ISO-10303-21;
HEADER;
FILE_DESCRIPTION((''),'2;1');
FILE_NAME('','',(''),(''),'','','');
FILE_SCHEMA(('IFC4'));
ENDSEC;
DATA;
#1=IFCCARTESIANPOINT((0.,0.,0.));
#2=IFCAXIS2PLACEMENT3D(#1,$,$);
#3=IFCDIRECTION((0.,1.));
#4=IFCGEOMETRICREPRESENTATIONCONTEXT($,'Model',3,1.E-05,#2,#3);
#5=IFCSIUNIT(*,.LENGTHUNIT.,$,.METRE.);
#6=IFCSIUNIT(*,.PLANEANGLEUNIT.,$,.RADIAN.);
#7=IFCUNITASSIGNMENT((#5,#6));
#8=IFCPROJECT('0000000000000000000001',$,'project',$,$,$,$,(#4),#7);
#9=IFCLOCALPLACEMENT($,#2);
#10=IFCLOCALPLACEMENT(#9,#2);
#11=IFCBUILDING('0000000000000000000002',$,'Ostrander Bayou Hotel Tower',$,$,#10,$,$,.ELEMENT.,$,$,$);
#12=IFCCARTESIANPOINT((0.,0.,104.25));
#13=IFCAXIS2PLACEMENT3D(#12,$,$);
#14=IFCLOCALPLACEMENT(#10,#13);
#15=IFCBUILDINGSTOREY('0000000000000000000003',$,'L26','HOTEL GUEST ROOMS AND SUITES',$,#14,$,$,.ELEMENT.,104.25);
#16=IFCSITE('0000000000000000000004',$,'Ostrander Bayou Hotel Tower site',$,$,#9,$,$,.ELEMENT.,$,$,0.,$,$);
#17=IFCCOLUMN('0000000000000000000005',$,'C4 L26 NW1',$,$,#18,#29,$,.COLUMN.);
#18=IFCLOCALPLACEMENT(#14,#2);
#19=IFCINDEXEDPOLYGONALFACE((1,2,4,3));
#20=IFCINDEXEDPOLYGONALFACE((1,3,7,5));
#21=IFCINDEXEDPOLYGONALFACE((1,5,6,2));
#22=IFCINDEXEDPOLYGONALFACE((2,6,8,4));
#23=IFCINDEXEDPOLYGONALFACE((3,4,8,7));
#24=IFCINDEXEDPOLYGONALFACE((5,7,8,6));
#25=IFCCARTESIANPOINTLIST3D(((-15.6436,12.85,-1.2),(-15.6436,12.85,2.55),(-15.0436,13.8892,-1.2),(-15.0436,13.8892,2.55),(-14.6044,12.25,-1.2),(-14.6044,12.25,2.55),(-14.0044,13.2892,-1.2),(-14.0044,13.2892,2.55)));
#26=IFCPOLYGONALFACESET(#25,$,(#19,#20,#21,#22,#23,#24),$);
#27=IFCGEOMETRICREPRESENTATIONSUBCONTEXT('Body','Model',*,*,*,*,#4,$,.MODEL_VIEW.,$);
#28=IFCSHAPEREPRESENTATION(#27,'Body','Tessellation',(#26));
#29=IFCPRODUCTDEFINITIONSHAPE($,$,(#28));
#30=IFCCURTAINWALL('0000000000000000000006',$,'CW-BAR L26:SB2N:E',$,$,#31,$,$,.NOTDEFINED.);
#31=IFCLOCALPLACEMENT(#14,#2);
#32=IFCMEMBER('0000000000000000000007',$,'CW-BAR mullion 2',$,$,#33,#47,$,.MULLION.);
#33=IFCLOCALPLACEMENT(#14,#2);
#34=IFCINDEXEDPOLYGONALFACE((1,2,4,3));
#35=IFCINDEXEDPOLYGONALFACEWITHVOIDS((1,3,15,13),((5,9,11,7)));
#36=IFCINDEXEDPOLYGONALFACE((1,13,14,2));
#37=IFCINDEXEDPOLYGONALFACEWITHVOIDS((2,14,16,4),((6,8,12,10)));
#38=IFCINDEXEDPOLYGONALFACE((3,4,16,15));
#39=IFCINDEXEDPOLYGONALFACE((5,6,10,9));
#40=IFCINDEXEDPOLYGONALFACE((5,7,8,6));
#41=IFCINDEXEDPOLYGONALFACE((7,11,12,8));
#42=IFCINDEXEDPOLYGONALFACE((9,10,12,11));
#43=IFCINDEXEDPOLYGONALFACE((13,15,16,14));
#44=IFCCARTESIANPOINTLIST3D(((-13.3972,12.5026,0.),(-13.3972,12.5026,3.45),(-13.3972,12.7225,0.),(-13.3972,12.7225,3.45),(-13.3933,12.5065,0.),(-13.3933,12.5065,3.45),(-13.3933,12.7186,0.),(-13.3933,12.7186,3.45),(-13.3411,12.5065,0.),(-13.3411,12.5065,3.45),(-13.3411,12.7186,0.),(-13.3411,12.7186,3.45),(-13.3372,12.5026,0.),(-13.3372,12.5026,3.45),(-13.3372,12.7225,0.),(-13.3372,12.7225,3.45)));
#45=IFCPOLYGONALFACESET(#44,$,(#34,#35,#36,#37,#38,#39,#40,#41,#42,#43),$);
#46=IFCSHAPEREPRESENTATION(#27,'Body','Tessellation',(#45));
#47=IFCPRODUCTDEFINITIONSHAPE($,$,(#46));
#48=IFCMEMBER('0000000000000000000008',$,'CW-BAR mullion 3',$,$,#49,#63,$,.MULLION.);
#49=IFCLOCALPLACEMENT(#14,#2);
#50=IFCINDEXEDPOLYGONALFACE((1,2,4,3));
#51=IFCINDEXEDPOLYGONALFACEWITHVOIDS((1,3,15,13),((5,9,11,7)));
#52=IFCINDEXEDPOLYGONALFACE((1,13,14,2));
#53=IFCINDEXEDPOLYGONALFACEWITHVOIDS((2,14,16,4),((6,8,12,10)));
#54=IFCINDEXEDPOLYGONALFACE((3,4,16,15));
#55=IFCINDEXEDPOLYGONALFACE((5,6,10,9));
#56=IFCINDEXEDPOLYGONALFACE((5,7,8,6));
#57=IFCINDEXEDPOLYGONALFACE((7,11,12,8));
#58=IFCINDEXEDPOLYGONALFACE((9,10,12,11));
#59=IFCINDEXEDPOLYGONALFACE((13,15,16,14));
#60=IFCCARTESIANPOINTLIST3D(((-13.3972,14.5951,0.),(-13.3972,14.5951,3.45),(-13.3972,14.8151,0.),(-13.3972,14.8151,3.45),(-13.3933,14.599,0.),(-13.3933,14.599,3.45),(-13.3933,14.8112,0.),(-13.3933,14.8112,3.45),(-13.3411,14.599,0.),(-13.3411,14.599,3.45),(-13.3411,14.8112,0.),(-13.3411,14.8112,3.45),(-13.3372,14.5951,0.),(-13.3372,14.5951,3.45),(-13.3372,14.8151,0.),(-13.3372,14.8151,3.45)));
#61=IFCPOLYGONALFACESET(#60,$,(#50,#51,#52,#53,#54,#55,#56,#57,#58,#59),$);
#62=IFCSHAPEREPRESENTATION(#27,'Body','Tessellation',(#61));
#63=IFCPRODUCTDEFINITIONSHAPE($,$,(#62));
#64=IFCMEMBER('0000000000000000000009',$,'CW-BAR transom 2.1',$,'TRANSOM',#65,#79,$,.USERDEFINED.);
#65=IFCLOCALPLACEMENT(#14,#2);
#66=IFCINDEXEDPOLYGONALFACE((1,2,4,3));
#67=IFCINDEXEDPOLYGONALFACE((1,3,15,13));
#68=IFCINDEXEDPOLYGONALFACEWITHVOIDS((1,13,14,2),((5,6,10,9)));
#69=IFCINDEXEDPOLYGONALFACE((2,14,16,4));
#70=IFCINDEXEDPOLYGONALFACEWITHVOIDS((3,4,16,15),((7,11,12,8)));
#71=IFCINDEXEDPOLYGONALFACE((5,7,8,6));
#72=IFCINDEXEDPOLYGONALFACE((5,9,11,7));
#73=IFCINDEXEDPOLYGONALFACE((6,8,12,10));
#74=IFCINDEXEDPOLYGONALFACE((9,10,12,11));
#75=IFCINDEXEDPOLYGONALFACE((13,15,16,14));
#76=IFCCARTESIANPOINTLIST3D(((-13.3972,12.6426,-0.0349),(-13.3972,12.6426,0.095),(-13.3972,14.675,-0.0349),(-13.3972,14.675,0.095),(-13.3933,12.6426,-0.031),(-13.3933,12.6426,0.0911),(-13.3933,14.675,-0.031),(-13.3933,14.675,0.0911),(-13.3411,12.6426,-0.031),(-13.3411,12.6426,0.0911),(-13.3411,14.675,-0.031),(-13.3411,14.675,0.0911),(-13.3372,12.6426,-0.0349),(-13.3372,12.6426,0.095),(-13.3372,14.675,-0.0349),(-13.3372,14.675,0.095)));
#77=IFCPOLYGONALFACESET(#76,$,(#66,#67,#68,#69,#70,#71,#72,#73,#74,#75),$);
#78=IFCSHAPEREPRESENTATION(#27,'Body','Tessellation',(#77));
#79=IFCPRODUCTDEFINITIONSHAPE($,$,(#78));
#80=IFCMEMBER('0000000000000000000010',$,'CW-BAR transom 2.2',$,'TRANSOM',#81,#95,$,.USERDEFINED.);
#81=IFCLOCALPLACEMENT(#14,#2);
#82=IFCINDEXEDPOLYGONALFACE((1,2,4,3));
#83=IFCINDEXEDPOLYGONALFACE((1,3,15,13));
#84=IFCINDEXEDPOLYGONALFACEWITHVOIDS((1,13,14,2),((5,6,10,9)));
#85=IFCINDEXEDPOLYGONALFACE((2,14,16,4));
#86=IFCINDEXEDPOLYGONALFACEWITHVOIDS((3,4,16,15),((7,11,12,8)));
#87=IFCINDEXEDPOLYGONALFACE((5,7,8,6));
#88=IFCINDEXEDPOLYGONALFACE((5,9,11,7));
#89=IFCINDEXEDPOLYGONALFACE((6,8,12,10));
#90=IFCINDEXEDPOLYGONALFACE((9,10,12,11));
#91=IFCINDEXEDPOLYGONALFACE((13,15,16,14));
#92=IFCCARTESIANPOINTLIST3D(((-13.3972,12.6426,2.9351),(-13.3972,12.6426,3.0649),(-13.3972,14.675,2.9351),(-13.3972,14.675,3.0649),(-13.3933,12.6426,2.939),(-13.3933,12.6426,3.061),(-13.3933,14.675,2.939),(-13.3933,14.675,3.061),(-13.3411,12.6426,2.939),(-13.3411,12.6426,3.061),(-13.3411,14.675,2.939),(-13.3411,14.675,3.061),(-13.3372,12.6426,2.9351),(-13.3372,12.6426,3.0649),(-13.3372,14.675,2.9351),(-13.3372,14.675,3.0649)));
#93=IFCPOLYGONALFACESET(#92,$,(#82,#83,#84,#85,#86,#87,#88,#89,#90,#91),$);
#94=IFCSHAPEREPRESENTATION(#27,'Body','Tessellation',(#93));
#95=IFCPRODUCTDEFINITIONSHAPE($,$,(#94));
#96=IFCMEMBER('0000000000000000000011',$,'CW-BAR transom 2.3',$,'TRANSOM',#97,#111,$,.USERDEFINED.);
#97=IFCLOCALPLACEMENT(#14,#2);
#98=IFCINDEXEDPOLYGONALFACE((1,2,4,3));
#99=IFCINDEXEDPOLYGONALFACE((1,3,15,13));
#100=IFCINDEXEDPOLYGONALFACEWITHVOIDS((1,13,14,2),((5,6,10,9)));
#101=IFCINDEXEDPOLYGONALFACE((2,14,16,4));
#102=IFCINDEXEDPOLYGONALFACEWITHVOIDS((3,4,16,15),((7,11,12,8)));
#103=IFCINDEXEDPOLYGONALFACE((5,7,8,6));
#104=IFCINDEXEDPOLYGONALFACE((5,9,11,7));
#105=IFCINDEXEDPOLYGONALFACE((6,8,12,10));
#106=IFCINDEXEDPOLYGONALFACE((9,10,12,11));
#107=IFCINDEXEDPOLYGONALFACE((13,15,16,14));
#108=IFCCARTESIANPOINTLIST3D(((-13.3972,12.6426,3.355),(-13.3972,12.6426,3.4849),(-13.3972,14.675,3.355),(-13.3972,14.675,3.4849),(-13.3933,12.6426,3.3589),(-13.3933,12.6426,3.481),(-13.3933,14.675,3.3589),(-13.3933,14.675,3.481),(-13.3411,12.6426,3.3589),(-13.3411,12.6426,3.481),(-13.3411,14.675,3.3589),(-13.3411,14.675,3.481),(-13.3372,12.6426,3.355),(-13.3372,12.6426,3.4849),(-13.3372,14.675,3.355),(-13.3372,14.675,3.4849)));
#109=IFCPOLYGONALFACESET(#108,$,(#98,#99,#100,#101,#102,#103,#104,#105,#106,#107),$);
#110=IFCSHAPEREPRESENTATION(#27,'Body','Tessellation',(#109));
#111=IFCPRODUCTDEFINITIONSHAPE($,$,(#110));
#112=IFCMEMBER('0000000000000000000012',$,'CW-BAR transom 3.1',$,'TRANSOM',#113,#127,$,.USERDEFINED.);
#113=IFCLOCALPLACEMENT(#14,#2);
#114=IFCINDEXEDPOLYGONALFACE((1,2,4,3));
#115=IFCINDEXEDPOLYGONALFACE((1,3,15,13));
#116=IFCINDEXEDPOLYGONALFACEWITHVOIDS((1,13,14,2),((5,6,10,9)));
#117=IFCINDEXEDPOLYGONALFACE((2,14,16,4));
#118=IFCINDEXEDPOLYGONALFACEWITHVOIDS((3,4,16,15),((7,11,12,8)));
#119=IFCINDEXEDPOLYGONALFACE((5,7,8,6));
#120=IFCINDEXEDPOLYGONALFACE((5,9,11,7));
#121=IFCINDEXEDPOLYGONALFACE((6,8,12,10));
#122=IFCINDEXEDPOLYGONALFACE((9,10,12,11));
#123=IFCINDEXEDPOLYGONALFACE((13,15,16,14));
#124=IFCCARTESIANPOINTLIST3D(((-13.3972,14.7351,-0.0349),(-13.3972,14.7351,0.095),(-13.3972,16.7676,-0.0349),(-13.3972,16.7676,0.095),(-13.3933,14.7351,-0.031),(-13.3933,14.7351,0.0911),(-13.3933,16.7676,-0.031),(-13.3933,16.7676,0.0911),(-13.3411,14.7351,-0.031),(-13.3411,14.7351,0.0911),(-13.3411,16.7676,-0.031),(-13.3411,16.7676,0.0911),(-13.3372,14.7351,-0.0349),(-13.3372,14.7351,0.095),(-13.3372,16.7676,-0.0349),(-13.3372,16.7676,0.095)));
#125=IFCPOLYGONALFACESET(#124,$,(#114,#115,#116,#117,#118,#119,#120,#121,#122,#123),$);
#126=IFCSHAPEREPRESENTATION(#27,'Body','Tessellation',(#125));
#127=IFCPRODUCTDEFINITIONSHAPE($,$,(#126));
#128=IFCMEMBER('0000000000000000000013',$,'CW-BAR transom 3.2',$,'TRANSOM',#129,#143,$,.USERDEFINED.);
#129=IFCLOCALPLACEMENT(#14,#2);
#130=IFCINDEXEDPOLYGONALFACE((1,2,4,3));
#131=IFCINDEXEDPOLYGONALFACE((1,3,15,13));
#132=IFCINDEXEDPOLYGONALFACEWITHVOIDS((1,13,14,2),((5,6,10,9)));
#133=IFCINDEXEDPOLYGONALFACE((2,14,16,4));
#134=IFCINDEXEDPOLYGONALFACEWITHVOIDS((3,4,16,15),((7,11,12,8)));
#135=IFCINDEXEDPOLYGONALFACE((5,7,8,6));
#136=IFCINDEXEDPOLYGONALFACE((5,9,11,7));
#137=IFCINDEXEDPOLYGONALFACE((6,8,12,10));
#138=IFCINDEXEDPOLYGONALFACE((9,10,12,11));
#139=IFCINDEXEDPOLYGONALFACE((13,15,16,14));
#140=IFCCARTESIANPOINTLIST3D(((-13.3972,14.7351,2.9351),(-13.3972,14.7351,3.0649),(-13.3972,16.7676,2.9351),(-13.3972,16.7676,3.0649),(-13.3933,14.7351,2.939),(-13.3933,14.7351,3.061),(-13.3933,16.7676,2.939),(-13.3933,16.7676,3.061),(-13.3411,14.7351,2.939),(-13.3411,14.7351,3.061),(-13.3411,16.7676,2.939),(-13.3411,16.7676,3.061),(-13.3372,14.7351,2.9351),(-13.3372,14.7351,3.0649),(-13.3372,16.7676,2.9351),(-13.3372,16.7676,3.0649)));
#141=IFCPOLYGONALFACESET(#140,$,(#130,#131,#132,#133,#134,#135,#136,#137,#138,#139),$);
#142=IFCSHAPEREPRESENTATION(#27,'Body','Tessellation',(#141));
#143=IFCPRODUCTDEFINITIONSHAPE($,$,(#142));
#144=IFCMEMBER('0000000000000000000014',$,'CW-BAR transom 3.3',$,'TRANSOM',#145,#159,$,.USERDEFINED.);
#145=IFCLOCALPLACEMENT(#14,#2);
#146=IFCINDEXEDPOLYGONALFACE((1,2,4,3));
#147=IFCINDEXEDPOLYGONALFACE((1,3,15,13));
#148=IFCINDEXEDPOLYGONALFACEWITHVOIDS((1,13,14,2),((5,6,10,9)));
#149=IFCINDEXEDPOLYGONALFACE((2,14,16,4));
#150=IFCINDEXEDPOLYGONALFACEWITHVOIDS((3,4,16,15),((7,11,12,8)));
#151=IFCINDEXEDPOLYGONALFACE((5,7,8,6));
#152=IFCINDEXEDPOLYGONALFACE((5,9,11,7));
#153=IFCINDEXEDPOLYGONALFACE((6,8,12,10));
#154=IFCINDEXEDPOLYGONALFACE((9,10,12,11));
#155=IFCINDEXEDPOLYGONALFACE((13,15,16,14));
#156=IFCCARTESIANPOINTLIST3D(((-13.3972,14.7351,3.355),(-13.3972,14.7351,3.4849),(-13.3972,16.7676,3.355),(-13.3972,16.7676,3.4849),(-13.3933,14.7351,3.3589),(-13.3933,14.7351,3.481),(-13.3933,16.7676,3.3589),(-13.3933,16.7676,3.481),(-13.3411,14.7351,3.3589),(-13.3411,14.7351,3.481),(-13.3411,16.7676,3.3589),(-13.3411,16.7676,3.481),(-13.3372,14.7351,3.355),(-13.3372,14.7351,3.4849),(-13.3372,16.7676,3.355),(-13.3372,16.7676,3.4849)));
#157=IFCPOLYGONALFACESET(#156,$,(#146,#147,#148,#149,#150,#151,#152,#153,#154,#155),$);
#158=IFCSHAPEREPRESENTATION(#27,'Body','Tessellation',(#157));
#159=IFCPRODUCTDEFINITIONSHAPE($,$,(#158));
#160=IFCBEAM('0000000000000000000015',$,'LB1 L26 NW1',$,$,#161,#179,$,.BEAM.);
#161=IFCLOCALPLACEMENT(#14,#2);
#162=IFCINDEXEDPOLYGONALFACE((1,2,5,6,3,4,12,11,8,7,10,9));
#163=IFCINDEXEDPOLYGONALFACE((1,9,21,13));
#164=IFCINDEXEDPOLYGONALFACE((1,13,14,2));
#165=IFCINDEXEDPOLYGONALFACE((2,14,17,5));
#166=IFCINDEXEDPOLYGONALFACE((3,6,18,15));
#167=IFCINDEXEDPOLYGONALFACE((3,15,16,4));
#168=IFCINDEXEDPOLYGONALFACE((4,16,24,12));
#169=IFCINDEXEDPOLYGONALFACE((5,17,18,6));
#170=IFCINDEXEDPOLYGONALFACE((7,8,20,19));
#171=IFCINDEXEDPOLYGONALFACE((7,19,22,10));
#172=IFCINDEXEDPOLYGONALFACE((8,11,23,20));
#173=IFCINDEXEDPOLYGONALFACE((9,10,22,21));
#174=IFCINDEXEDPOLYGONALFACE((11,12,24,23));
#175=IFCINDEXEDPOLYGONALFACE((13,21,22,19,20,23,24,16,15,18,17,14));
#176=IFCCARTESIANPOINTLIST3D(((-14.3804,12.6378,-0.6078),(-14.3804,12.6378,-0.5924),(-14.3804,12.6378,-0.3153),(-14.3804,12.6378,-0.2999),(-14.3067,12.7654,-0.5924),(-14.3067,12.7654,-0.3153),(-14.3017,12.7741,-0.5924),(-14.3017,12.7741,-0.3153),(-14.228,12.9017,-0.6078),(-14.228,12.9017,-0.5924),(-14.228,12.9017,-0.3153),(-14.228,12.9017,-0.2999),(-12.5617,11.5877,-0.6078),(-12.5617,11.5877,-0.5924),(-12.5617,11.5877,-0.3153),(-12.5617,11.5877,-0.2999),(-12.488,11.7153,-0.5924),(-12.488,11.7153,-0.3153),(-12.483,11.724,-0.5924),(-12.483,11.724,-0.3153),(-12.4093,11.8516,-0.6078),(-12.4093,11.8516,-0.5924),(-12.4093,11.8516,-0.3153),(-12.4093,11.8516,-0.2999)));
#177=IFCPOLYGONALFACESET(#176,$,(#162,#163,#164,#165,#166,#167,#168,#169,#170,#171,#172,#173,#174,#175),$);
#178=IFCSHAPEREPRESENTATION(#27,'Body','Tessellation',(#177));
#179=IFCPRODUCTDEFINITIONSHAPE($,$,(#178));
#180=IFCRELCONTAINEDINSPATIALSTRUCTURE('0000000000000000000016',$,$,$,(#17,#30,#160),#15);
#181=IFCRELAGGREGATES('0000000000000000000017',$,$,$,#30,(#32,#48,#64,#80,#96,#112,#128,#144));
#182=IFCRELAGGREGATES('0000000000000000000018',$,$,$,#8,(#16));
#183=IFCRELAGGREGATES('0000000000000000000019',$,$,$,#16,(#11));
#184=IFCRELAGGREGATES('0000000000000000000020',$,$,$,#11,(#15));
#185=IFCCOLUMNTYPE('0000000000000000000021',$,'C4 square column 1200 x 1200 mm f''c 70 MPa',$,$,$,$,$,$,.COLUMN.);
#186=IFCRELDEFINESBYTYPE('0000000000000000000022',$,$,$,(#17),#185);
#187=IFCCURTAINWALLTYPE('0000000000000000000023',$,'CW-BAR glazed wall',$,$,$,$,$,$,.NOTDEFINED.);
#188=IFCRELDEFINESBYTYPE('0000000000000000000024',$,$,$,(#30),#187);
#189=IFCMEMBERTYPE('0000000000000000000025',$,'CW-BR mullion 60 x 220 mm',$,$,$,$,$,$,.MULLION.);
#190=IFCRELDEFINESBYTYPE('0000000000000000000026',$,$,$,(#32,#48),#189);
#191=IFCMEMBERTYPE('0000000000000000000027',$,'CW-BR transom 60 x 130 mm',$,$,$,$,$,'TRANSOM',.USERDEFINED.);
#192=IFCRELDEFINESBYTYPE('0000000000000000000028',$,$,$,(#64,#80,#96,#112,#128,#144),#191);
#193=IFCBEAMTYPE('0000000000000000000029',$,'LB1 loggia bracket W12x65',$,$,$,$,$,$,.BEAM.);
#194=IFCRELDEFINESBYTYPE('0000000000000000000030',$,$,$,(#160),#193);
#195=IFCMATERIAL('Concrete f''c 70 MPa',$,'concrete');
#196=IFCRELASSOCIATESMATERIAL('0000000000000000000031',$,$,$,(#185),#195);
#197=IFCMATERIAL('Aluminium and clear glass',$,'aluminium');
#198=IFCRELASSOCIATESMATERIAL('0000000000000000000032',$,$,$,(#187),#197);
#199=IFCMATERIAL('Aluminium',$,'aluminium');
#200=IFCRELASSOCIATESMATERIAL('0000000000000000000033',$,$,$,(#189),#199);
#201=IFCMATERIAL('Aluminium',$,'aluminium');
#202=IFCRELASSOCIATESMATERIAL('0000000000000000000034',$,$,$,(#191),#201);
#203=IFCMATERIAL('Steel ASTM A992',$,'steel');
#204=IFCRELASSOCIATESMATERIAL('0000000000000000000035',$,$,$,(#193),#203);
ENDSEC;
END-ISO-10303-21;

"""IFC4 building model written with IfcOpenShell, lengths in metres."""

from ifc_helpers import new_model, si_unit, direction, frame, origin, origin_2d, place, context, subcontext, project, spatial, rectangle, hollow_rectangle, i_section, extrude, material, material_profile, profile_set, type_object, element, aggregate, save


model = new_model("IFC4")

# Units and contexts
model_context = context("Model", 3, precision=1e-05, world=origin(), true_north=direction((0.0, 1.0)))
body_context = subcontext(model_context, "Body", "Model", "MODEL_VIEW")
ifc_project = project(units=[si_unit("LENGTHUNIT", "METRE"), si_unit("PLANEANGLEUNIT", "RADIAN")], contexts=[model_context])

# Site, building, storey
site_placement = place(None, origin())
site = spatial("IfcSite", under=ifc_project, at=site_placement, Name="Ostrander Bayou Hotel Tower site", CompositionType="ELEMENT", RefElevation=0.0)
building_placement = place(site_placement, origin())
building = spatial("IfcBuilding", under=site, at=building_placement, Name="Ostrander Bayou Hotel Tower", CompositionType="ELEMENT")
storey_placement = place(building_placement, frame((0.0, 0.0, 104.25)))
storey = spatial("IfcBuildingStorey", under=building, at=storey_placement, Name="L26", Description="HOTEL GUEST ROOMS AND SUITES", CompositionType="ELEMENT", Elevation=104.25)

# Column
ifc_material_1 = material(Name="Concrete f'c 70 MPa", Category="concrete")
ifc_material_profile_1 = material_profile(ifc_material_1, rectangle(XDim=1.2, YDim=1.2, at=origin_2d()))
ifc_profile_set_1 = profile_set([ifc_material_profile_1], Name="Concrete f'c 70 MPa")
column_type = type_object("IfcColumnType", Name="C4 square column 1200 x 1200 mm f'c 70 MPa", PredefinedType="COLUMN", material=ifc_profile_set_1)
column_placement = place(storey_placement, frame((-14.824, 13.0696, -1.2), z_axis=(0.0, 0.0, 1.0), x_axis=(0.5, 0.866025, 0.0)))
element("IfcColumn", 1, at=column_placement, inside=storey, type_object=column_type, Name="C4 L26 NW1", PredefinedType="COLUMN", context=body_context, shape_type="SweptSolid", body=[
    extrude(rectangle(XDim=1.2, YDim=1.2, at=origin_2d()), origin(), (0.0, 0.0, 1.0), 3.75),
])

# Curtain wall, members
ifc_material_2 = material(Name="Aluminium and clear glass", Category="aluminium")
curtain_wall_type = type_object("IfcCurtainWallType", Name="CW-BAR glazed wall", PredefinedType="NOTDEFINED", material=ifc_material_2)
curtain_wall_placement = place(storey_placement, origin())
curtain_wall = element("IfcCurtainWall", 2, at=curtain_wall_placement, inside=storey, type_object=curtain_wall_type, Name="CW-BAR L26:SB2N:E", PredefinedType="NOTDEFINED")
ifc_material_3 = material(Name="Aluminium", Category="aluminium")
ifc_material_profile_2 = material_profile(ifc_material_3, hollow_rectangle(XDim=0.0601, YDim=0.22, WallThickness=0.0039, at=origin_2d()))
ifc_profile_set_2 = profile_set([ifc_material_profile_2], Name="Aluminium")
member_type_1 = type_object("IfcMemberType", Name="CW-BR mullion 60 x 220 mm", PredefinedType="MULLION", material=ifc_profile_set_2)
member_1_placement = place(storey_placement, frame((-13.3672, 12.6125, 0.0), z_axis=(0.0, 0.0, 1.0), x_axis=(-1.0, 0.0, 0.0)))
member_1 = element("IfcMember", 3, at=member_1_placement, type_object=member_type_1, Name="CW-BAR mullion 2", PredefinedType="MULLION", context=body_context, shape_type="SweptSolid", body=[
    extrude(hollow_rectangle(XDim=0.0601, YDim=0.22, WallThickness=0.0039, at=origin_2d()), origin(), (0.0, 0.0, 1.0), 3.45),
])
member_2_placement = place(storey_placement, frame((-13.3672, 14.7051, 0.0), z_axis=(0.0, 0.0, 1.0), x_axis=(-1.0, 0.0, 0.0)))
member_2 = element("IfcMember", 4, at=member_2_placement, type_object=member_type_1, Name="CW-BAR mullion 3", PredefinedType="MULLION", context=body_context, shape_type="SweptSolid", body=[
    extrude(hollow_rectangle(XDim=0.0601, YDim=0.22, WallThickness=0.0039, at=origin_2d()), origin(), (0.0, 0.0, 1.0), 3.45),
])
ifc_material_4 = material(Name="Aluminium", Category="aluminium")
ifc_material_profile_3 = material_profile(ifc_material_4, hollow_rectangle(XDim=0.0601, YDim=0.1299, WallThickness=0.0039, at=origin_2d()))
ifc_profile_set_3 = profile_set([ifc_material_profile_3], Name="Aluminium")
member_type_2 = type_object("IfcMemberType", Name="CW-BR transom 60 x 130 mm", ElementType="TRANSOM", PredefinedType="USERDEFINED", material=ifc_profile_set_3)
member_3_placement = place(storey_placement, frame((-13.3672, 12.6426, 0.03), z_axis=(0.0, 1.0, 0.0), x_axis=(-1.0, 0.0, 0.0)))
member_3 = element("IfcMember", 5, at=member_3_placement, type_object=member_type_2, Name="CW-BAR transom 2.1", ObjectType="TRANSOM", PredefinedType="USERDEFINED", context=body_context, shape_type="SweptSolid", body=[
    extrude(hollow_rectangle(XDim=0.0601, YDim=0.1299, WallThickness=0.0039, at=origin_2d()), origin(), (0.0, 0.0, 1.0), 2.0325),
])
member_4_placement = place(storey_placement, frame((-13.3672, 12.6426, 3.0), z_axis=(0.0, 1.0, 0.0), x_axis=(-1.0, 0.0, 0.0)))
member_4 = element("IfcMember", 6, at=member_4_placement, type_object=member_type_2, Name="CW-BAR transom 2.2", ObjectType="TRANSOM", PredefinedType="USERDEFINED", context=body_context, shape_type="SweptSolid", body=[
    extrude(hollow_rectangle(XDim=0.0601, YDim=0.1299, WallThickness=0.0039, at=origin_2d()), origin(), (0.0, 0.0, 1.0), 2.0325),
])
member_5_placement = place(storey_placement, frame((-13.3672, 12.6426, 3.4199), z_axis=(0.0, 1.0, 0.0), x_axis=(-1.0, 0.0, 0.0)))
member_5 = element("IfcMember", 7, at=member_5_placement, type_object=member_type_2, Name="CW-BAR transom 2.3", ObjectType="TRANSOM", PredefinedType="USERDEFINED", context=body_context, shape_type="SweptSolid", body=[
    extrude(hollow_rectangle(XDim=0.0601, YDim=0.1299, WallThickness=0.0039, at=origin_2d()), origin(), (0.0, 0.0, 1.0), 2.0325),
])
member_6_placement = place(storey_placement, frame((-13.3672, 14.7351, 0.03), z_axis=(0.0, 1.0, 0.0), x_axis=(-1.0, 0.0, 0.0)))
member_6 = element("IfcMember", 8, at=member_6_placement, type_object=member_type_2, Name="CW-BAR transom 3.1", ObjectType="TRANSOM", PredefinedType="USERDEFINED", context=body_context, shape_type="SweptSolid", body=[
    extrude(hollow_rectangle(XDim=0.0601, YDim=0.1299, WallThickness=0.0039, at=origin_2d()), origin(), (0.0, 0.0, 1.0), 2.0325),
])
member_7_placement = place(storey_placement, frame((-13.3672, 14.7351, 3.0), z_axis=(0.0, 1.0, 0.0), x_axis=(-1.0, 0.0, 0.0)))
member_7 = element("IfcMember", 9, at=member_7_placement, type_object=member_type_2, Name="CW-BAR transom 3.2", ObjectType="TRANSOM", PredefinedType="USERDEFINED", context=body_context, shape_type="SweptSolid", body=[
    extrude(hollow_rectangle(XDim=0.0601, YDim=0.1299, WallThickness=0.0039, at=origin_2d()), origin(), (0.0, 0.0, 1.0), 2.0325),
])
member_8_placement = place(storey_placement, frame((-13.3672, 14.7351, 3.4199), z_axis=(0.0, 1.0, 0.0), x_axis=(-1.0, 0.0, 0.0)))
member_8 = element("IfcMember", 10, at=member_8_placement, type_object=member_type_2, Name="CW-BAR transom 3.3", ObjectType="TRANSOM", PredefinedType="USERDEFINED", context=body_context, shape_type="SweptSolid", body=[
    extrude(hollow_rectangle(XDim=0.0601, YDim=0.1299, WallThickness=0.0039, at=origin_2d()), origin(), (0.0, 0.0, 1.0), 2.0325),
])

# Beam
ifc_material_5 = material(Name="Steel ASTM A992", Category="steel")
ifc_material_profile_4 = material_profile(ifc_material_5, i_section(OverallWidth=0.3047, OverallDepth=0.3079, WebThickness=0.01, FlangeThickness=0.0154, at=origin_2d()))
ifc_profile_set_4 = profile_set([ifc_material_profile_4], Name="Steel ASTM A992")
beam_type_1 = type_object("IfcBeamType", Name="LB1 loggia bracket W12x65", PredefinedType="BEAM", material=ifc_profile_set_4)
beam_1_placement = place(storey_placement, frame((-14.3042, 12.7698, -0.4539), z_axis=(0.866009, -0.500028, 0.0), x_axis=(0.500028, 0.866009, 0.0)))
element("IfcBeam", 11, at=beam_1_placement, inside=storey, type_object=beam_type_1, Name="LB1 L26 NW1", PredefinedType="BEAM", context=body_context, shape_type="SweptSolid", body=[
    extrude(i_section(OverallWidth=0.3047, OverallDepth=0.3079, WebThickness=0.01, FlangeThickness=0.0154, at=origin_2d()), origin(), (0.0, 0.0, 1.0), 2.1001),
])

aggregate(curtain_wall, [member_1, member_2, member_3, member_4, member_5, member_6, member_7, member_8])

save(model, "model.ifc")
